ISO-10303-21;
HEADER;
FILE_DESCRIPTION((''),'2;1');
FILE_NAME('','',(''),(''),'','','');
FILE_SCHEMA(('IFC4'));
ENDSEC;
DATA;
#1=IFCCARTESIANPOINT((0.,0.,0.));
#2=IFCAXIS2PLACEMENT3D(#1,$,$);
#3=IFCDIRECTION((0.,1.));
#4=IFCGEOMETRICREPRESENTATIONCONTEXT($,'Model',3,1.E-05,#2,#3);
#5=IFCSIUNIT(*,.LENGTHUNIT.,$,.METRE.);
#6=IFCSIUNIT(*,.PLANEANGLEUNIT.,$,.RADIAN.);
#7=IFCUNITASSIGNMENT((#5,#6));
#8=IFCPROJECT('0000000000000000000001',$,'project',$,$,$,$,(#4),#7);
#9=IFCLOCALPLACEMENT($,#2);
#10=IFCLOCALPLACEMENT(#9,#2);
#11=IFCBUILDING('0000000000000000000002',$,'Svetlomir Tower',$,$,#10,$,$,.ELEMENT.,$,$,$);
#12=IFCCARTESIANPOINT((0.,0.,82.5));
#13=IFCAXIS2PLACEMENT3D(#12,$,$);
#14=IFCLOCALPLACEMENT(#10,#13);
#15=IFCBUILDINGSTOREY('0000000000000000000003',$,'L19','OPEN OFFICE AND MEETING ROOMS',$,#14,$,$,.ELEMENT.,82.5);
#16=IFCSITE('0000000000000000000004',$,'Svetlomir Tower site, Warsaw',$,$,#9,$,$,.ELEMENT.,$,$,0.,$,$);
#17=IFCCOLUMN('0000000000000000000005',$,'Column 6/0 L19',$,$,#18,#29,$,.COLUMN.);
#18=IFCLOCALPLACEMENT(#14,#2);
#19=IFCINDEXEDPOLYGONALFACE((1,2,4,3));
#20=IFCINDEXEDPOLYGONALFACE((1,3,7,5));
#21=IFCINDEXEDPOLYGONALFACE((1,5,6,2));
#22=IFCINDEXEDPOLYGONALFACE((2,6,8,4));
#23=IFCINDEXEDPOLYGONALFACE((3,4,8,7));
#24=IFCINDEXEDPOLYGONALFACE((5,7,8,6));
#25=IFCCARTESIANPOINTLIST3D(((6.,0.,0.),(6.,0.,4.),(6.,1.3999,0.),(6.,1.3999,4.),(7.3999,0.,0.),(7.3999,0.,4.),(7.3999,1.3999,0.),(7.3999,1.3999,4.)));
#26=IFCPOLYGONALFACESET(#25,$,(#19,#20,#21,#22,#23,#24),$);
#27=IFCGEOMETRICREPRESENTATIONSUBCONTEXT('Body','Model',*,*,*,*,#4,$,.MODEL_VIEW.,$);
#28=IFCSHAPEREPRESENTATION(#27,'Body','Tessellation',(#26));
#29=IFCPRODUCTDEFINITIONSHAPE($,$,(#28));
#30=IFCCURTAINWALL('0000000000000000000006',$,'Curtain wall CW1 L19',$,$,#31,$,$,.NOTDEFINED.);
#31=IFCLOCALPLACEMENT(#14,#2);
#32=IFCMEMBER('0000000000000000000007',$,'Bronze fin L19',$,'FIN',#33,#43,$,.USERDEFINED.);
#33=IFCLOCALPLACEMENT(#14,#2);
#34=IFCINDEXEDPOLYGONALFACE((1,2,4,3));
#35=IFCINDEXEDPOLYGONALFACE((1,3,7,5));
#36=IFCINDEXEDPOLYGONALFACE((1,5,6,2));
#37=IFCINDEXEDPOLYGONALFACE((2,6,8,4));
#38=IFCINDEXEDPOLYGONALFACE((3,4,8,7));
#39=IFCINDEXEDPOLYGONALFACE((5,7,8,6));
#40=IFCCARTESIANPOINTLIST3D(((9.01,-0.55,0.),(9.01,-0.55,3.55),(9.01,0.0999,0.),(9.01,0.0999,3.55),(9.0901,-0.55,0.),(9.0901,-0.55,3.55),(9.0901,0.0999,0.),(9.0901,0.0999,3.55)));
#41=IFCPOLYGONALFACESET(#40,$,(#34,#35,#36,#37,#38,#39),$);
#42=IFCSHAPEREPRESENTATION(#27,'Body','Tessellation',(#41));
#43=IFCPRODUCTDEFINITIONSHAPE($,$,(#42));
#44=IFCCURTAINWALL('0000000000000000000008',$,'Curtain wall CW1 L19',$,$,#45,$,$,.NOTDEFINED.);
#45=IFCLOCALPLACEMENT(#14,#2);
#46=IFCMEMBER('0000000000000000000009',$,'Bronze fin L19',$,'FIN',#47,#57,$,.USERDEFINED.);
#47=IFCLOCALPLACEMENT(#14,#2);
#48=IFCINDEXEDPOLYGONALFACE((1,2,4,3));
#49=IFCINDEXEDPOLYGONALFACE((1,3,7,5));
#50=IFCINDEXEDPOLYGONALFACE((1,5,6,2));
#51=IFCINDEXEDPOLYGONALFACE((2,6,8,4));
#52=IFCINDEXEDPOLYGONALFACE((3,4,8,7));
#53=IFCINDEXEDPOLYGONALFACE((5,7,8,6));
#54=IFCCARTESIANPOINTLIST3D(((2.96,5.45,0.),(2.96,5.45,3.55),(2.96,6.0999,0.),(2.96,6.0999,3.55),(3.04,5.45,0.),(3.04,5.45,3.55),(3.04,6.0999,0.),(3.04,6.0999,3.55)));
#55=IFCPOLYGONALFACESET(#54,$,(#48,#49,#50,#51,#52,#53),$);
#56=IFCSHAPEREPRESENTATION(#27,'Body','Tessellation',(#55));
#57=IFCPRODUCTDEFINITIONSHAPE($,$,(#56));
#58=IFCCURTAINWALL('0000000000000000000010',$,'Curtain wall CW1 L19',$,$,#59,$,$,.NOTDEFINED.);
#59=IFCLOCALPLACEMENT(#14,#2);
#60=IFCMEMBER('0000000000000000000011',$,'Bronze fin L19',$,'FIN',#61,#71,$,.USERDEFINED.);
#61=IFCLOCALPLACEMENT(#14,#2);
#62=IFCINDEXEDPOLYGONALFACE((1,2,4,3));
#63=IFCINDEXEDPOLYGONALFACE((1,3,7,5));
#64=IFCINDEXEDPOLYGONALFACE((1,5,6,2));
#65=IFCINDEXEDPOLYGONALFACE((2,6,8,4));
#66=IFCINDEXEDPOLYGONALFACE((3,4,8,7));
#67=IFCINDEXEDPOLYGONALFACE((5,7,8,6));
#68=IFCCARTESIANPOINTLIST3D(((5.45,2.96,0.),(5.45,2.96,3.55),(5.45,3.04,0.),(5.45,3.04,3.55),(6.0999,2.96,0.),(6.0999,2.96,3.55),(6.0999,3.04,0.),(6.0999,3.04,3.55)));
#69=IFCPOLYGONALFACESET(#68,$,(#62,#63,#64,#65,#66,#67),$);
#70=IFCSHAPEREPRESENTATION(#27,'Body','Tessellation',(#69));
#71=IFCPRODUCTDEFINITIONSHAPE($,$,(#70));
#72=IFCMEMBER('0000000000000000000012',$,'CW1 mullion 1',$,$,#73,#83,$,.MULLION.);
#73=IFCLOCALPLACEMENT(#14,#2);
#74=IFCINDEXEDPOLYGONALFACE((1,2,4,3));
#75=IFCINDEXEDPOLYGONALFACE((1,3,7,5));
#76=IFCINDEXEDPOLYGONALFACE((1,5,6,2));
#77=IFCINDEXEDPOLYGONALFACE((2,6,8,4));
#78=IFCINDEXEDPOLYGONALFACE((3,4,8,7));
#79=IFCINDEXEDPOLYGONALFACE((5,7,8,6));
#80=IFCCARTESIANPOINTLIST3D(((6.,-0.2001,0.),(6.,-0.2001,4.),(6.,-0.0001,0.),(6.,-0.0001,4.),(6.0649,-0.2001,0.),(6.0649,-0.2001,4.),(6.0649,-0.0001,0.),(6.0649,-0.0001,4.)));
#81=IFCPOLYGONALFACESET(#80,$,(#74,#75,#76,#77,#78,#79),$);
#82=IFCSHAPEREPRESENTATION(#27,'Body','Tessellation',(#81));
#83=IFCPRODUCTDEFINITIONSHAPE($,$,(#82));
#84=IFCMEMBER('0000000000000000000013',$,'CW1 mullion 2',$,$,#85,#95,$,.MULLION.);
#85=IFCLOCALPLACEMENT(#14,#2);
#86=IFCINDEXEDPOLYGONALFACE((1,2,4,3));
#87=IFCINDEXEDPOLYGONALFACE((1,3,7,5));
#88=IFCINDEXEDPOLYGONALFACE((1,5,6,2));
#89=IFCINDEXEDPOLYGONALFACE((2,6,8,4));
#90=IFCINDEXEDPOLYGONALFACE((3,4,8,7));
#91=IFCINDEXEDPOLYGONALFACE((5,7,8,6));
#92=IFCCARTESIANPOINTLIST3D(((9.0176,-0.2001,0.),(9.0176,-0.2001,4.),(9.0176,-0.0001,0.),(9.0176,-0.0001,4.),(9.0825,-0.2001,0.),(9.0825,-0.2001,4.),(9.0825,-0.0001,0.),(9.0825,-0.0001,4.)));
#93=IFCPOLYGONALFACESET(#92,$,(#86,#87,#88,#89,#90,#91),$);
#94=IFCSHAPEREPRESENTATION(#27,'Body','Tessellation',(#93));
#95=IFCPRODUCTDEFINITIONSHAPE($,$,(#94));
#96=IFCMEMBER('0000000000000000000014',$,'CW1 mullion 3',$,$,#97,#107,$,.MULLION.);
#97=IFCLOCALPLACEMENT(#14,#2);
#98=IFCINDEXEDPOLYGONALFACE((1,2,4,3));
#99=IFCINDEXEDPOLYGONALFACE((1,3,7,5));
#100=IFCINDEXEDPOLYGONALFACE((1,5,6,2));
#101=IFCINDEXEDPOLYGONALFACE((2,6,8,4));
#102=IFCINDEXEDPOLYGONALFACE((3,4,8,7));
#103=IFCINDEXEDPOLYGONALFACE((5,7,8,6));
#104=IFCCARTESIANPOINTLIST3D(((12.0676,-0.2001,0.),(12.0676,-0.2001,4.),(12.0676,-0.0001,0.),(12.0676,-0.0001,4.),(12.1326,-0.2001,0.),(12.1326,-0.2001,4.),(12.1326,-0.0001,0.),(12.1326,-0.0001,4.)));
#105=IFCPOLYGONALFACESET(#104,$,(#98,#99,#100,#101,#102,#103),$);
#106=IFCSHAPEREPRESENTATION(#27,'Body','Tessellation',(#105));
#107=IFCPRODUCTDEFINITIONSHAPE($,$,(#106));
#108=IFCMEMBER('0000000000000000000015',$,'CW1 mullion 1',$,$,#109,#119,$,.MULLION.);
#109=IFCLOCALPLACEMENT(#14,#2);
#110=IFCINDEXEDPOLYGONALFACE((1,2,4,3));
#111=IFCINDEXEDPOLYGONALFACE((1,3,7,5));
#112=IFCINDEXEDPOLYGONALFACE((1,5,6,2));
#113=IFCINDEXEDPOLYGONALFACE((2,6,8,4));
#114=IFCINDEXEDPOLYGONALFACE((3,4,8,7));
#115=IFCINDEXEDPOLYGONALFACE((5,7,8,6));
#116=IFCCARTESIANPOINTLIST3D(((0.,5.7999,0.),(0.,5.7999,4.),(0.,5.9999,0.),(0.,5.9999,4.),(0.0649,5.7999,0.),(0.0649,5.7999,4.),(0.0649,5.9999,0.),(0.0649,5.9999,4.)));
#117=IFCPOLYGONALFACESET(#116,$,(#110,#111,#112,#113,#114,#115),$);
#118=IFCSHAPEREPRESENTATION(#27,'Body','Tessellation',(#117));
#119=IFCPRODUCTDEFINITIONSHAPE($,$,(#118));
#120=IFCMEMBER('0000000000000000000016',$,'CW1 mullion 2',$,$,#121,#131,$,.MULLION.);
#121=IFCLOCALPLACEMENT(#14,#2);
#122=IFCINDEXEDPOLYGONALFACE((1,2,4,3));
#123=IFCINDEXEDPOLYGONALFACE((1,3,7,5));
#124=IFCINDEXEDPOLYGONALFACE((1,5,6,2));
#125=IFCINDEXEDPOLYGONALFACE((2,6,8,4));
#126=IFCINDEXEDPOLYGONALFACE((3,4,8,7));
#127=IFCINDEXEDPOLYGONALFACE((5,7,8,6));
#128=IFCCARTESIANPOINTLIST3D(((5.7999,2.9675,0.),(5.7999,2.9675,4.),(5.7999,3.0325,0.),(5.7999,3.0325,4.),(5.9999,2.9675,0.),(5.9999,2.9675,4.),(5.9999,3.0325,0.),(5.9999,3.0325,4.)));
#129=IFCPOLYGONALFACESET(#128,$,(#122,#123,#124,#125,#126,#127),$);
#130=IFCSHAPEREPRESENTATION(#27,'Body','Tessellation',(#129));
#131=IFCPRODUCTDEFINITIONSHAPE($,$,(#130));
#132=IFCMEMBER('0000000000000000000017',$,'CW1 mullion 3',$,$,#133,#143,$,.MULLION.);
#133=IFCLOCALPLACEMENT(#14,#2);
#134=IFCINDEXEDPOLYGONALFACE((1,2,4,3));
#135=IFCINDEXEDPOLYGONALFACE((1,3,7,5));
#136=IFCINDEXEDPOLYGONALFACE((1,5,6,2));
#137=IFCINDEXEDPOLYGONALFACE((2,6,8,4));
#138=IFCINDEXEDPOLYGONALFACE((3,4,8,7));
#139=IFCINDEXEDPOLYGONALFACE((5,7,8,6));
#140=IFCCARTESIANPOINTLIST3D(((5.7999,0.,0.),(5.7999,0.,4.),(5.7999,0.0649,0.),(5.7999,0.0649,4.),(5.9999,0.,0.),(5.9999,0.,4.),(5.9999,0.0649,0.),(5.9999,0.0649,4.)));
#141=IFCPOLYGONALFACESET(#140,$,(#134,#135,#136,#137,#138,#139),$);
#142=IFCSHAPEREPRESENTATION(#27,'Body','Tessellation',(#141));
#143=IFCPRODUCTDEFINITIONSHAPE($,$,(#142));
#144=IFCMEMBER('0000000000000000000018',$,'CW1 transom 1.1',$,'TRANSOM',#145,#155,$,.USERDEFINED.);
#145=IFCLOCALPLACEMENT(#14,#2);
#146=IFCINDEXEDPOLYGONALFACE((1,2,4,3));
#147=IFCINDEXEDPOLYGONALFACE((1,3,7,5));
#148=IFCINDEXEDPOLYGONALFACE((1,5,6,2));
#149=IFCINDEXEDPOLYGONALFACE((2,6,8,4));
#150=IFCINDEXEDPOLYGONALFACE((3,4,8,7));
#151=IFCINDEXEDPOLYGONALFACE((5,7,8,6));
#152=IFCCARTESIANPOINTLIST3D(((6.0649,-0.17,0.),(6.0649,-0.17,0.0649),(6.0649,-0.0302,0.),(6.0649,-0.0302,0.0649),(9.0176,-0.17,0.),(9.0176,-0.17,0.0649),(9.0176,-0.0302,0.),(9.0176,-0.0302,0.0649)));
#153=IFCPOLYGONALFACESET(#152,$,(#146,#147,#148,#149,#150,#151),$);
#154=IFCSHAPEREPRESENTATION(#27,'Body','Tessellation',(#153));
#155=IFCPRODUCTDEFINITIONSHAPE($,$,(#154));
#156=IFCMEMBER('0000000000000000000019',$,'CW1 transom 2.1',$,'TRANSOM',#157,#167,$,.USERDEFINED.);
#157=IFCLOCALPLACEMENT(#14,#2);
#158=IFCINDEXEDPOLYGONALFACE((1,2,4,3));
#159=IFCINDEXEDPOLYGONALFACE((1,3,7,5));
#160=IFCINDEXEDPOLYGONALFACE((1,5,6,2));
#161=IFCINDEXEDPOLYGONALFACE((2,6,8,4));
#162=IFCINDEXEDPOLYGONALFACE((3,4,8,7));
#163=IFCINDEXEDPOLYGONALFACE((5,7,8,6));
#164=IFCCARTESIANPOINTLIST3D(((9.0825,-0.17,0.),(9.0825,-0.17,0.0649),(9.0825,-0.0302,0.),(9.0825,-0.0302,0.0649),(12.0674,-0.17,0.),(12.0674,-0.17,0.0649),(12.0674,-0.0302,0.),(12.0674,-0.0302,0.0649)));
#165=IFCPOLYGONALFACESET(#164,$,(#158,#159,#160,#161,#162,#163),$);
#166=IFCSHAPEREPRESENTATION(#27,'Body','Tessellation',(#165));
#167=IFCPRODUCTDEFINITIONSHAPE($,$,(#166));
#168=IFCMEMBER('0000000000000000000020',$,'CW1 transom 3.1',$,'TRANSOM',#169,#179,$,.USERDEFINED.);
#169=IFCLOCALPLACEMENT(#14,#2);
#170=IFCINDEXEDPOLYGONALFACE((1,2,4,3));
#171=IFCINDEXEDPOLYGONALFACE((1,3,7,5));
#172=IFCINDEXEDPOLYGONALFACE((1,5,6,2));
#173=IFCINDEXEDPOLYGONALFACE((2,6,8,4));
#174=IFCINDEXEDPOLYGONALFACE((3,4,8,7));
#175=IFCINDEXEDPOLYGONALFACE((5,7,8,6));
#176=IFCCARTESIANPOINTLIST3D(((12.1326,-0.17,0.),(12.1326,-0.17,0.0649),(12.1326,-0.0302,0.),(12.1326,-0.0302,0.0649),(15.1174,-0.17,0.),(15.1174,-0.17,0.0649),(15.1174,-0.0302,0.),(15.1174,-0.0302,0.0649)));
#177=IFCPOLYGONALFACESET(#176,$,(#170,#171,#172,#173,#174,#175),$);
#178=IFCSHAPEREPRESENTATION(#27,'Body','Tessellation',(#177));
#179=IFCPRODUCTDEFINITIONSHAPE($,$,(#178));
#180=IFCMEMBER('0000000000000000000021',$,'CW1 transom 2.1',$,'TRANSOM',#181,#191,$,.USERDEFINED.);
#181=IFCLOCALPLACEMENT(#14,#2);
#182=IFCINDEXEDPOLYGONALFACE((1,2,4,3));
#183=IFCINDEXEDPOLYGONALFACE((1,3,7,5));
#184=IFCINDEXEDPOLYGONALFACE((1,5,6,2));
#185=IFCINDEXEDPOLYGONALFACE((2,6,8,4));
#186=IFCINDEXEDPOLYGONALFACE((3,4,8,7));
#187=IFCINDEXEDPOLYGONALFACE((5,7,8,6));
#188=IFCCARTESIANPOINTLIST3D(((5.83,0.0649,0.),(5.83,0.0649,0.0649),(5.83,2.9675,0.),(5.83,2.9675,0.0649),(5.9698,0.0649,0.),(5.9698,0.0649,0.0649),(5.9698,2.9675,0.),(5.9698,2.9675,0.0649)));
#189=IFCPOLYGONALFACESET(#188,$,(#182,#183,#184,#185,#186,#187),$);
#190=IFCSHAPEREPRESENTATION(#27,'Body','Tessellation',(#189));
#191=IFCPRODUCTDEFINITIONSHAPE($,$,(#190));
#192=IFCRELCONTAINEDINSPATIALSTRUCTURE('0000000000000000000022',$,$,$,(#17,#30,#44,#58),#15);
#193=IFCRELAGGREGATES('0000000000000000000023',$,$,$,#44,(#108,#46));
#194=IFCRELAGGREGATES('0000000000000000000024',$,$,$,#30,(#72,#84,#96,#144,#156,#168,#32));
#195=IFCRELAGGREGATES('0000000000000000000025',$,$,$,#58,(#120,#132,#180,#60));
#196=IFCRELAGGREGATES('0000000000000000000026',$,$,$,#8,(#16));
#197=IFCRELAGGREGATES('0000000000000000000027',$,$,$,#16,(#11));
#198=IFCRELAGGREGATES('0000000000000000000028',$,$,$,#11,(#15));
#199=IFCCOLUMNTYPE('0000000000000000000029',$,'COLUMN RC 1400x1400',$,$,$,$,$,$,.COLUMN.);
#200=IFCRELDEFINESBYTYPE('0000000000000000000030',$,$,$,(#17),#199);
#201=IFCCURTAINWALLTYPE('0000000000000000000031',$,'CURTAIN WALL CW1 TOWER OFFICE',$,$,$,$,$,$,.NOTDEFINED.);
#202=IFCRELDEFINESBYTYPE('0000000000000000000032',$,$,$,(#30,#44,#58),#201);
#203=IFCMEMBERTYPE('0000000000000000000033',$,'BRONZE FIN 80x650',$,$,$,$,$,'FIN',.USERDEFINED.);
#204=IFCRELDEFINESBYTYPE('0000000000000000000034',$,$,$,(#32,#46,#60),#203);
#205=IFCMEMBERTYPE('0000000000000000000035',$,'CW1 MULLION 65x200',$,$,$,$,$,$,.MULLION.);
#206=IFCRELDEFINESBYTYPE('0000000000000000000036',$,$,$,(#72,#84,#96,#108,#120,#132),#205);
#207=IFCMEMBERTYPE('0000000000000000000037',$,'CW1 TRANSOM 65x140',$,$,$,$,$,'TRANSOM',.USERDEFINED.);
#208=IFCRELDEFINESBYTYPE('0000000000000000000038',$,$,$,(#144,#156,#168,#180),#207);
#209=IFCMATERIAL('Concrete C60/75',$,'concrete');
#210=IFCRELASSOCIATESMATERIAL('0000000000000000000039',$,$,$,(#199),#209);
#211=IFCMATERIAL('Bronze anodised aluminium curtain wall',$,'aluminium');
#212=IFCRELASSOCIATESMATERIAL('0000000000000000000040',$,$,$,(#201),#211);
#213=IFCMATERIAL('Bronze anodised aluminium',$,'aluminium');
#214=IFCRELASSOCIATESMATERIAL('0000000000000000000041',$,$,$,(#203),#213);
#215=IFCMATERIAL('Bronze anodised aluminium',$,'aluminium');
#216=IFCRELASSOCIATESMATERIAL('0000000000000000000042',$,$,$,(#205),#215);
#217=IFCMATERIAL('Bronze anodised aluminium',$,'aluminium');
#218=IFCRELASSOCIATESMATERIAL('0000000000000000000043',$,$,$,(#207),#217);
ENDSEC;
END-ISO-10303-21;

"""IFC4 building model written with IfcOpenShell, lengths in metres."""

from ifc_helpers import new_model, si_unit, direction, frame, origin, origin_2d, place, context, subcontext, project, spatial, rectangle, extrude, material, material_profile, profile_set, type_object, element, aggregate, save


model = new_model("IFC4")

# Units and contexts
model_context = context("Model", 3, precision=1e-05, world=origin(), true_north=direction((0.0, 1.0)))
body_context = subcontext(model_context, "Body", "Model", "MODEL_VIEW")
ifc_project = project(units=[si_unit("LENGTHUNIT", "METRE"), si_unit("PLANEANGLEUNIT", "RADIAN")], contexts=[model_context])

# Site, building, storey
site_placement = place(None, origin())
site = spatial("IfcSite", under=ifc_project, at=site_placement, Name="Svetlomir Tower site, Warsaw", CompositionType="ELEMENT", RefElevation=0.0)
building_placement = place(site_placement, origin())
building = spatial("IfcBuilding", under=site, at=building_placement, Name="Svetlomir Tower", CompositionType="ELEMENT")
storey_placement = place(building_placement, frame((0.0, 0.0, 82.5)))
storey = spatial("IfcBuildingStorey", under=building, at=storey_placement, Name="L19", Description="OPEN OFFICE AND MEETING ROOMS", CompositionType="ELEMENT", Elevation=82.5)

# Column
ifc_material_1 = material(Name="Concrete C60/75", Category="concrete")
ifc_material_profile_1 = material_profile(ifc_material_1, rectangle(XDim=1.3999, YDim=1.3999, at=origin_2d()), Name="RC 1400x1400")
ifc_profile_set_1 = profile_set([ifc_material_profile_1], Name="Concrete C60/75")
column_type = type_object("IfcColumnType", Name="COLUMN RC 1400x1400", PredefinedType="COLUMN", material=ifc_profile_set_1)
column_placement = place(storey_placement, frame((6.7, 0.7, 0.0), z_axis=(0.0, 0.0, 1.0), x_axis=(1.0, 0.0, 0.0)))
element("IfcColumn", 1, at=column_placement, inside=storey, type_object=column_type, Name="Column 6/0 L19", PredefinedType="COLUMN", context=body_context, shape_type="SweptSolid", body=[
    extrude(rectangle(XDim=1.3999, YDim=1.3999, at=origin_2d()), origin(), (0.0, 0.0, 1.0), 4.0),
])

# Curtain walls, members
ifc_material_2 = material(Name="Bronze anodised aluminium curtain wall", Category="aluminium")
curtain_wall_type = type_object("IfcCurtainWallType", Name="CURTAIN WALL CW1 TOWER OFFICE", PredefinedType="NOTDEFINED", material=ifc_material_2)
curtain_wall_1_placement = place(storey_placement, origin())
curtain_wall_1 = element("IfcCurtainWall", 2, at=curtain_wall_1_placement, inside=storey, type_object=curtain_wall_type, Name="Curtain wall CW1 L19", PredefinedType="NOTDEFINED")
ifc_material_3 = material(Name="Bronze anodised aluminium", Category="aluminium")
ifc_material_profile_2 = material_profile(ifc_material_3, rectangle(XDim=0.0801, YDim=0.6499, at=origin_2d()), Name="FIN 80x650")
ifc_profile_set_2 = profile_set([ifc_material_profile_2], Name="Bronze anodised aluminium 6063-T6")
member_type_1 = type_object("IfcMemberType", Name="BRONZE FIN 80x650", ElementType="FIN", PredefinedType="USERDEFINED", material=ifc_profile_set_2)
member_1_placement = place(storey_placement, frame((9.05, -0.2251, 0.0), z_axis=(0.0, 0.0, 1.0), x_axis=(1.0, 0.0, 0.0)))
member_1 = element("IfcMember", 3, at=member_1_placement, type_object=member_type_1, Name="Bronze fin L19", ObjectType="FIN", PredefinedType="USERDEFINED", context=body_context, shape_type="SweptSolid", body=[
    extrude(rectangle(XDim=0.0801, YDim=0.6499, at=origin_2d()), origin(), (0.0, 0.0, 1.0), 3.55),
])
curtain_wall_2_placement = place(storey_placement, origin())
curtain_wall_2 = element("IfcCurtainWall", 4, at=curtain_wall_2_placement, inside=storey, type_object=curtain_wall_type, Name="Curtain wall CW1 L19", PredefinedType="NOTDEFINED")
member_2_placement = place(storey_placement, frame((3.0, 5.7749, 0.0), z_axis=(0.0, 0.0, 1.0), x_axis=(1.0, 0.0, 0.0)))
member_2 = element("IfcMember", 5, at=member_2_placement, type_object=member_type_1, Name="Bronze fin L19", ObjectType="FIN", PredefinedType="USERDEFINED", context=body_context, shape_type="SweptSolid", body=[
    extrude(rectangle(XDim=0.0801, YDim=0.6499, at=origin_2d()), origin(), (0.0, 0.0, 1.0), 3.55),
])
curtain_wall_3_placement = place(storey_placement, origin())
curtain_wall_3 = element("IfcCurtainWall", 6, at=curtain_wall_3_placement, inside=storey, type_object=curtain_wall_type, Name="Curtain wall CW1 L19", PredefinedType="NOTDEFINED")
member_3_placement = place(storey_placement, frame((5.7749, 3.0, 0.0), z_axis=(0.0, 0.0, 1.0), x_axis=(0.0, 1.0, 0.0)))
member_3 = element("IfcMember", 7, at=member_3_placement, type_object=member_type_1, Name="Bronze fin L19", ObjectType="FIN", PredefinedType="USERDEFINED", context=body_context, shape_type="SweptSolid", body=[
    extrude(rectangle(XDim=0.0801, YDim=0.6499, at=origin_2d()), origin(), (0.0, 0.0, 1.0), 3.55),
])

# Members
ifc_material_4 = material(Name="Bronze anodised aluminium", Category="aluminium")
ifc_material_profile_3 = material_profile(ifc_material_4, rectangle(XDim=0.0649, YDim=0.2, at=origin_2d()), Name="AL 65x200")
ifc_profile_set_3 = profile_set([ifc_material_profile_3], Name="Bronze anodised aluminium 6063-T6")
member_type_2 = type_object("IfcMemberType", Name="CW1 MULLION 65x200", PredefinedType="MULLION", material=ifc_profile_set_3)
member_4_placement = place(storey_placement, frame((6.0325, -0.1001, 0.0), z_axis=(0.0, 0.0, 1.0), x_axis=(1.0, 0.0, 0.0)))
member_4 = element("IfcMember", 8, at=member_4_placement, type_object=member_type_2, Name="CW1 mullion 1", PredefinedType="MULLION", context=body_context, shape_type="SweptSolid", body=[
    extrude(rectangle(XDim=0.0649, YDim=0.2, at=origin_2d()), origin(), (0.0, 0.0, 1.0), 4.0),
])
member_5_placement = place(storey_placement, frame((9.05, -0.1001, 0.0), z_axis=(0.0, 0.0, 1.0), x_axis=(1.0, 0.0, 0.0)))
member_5 = element("IfcMember", 9, at=member_5_placement, type_object=member_type_2, Name="CW1 mullion 2", PredefinedType="MULLION", context=body_context, shape_type="SweptSolid", body=[
    extrude(rectangle(XDim=0.0649, YDim=0.2, at=origin_2d()), origin(), (0.0, 0.0, 1.0), 4.0),
])
member_6_placement = place(storey_placement, frame((12.1001, -0.1001, 0.0), z_axis=(0.0, 0.0, 1.0), x_axis=(1.0, 0.0, 0.0)))
member_6 = element("IfcMember", 10, at=member_6_placement, type_object=member_type_2, Name="CW1 mullion 3", PredefinedType="MULLION", context=body_context, shape_type="SweptSolid", body=[
    extrude(rectangle(XDim=0.0649, YDim=0.2, at=origin_2d()), origin(), (0.0, 0.0, 1.0), 4.0),
])
member_7_placement = place(storey_placement, frame((0.0325, 5.8999, 0.0), z_axis=(0.0, 0.0, 1.0), x_axis=(1.0, 0.0, 0.0)))
member_7 = element("IfcMember", 11, at=member_7_placement, type_object=member_type_2, Name="CW1 mullion 1", PredefinedType="MULLION", context=body_context, shape_type="SweptSolid", body=[
    extrude(rectangle(XDim=0.0649, YDim=0.2, at=origin_2d()), origin(), (0.0, 0.0, 1.0), 4.0),
])
aggregate(curtain_wall_2, [member_7, member_2])
member_8_placement = place(storey_placement, frame((5.8999, 3.0, 0.0), z_axis=(0.0, 0.0, 1.0), x_axis=(0.0, -1.0, 0.0)))
member_8 = element("IfcMember", 12, at=member_8_placement, type_object=member_type_2, Name="CW1 mullion 2", PredefinedType="MULLION", context=body_context, shape_type="SweptSolid", body=[
    extrude(rectangle(XDim=0.0649, YDim=0.2, at=origin_2d()), origin(), (0.0, 0.0, 1.0), 4.0),
])
member_9_placement = place(storey_placement, frame((5.8999, 0.0325, 0.0), z_axis=(0.0, 0.0, 1.0), x_axis=(0.0, -1.0, 0.0)))
member_9 = element("IfcMember", 13, at=member_9_placement, type_object=member_type_2, Name="CW1 mullion 3", PredefinedType="MULLION", context=body_context, shape_type="SweptSolid", body=[
    extrude(rectangle(XDim=0.0649, YDim=0.2, at=origin_2d()), origin(), (0.0, 0.0, 1.0), 4.0),
])
ifc_material_5 = material(Name="Bronze anodised aluminium", Category="aluminium")
ifc_material_profile_4 = material_profile(ifc_material_5, rectangle(XDim=0.1399, YDim=0.0649, at=origin_2d()), Name="AL 140x65")
ifc_profile_set_4 = profile_set([ifc_material_profile_4], Name="Bronze anodised aluminium 6063-T6")
member_type_3 = type_object("IfcMemberType", Name="CW1 TRANSOM 65x140", ElementType="TRANSOM", PredefinedType="USERDEFINED", material=ifc_profile_set_4)
member_10_placement = place(storey_placement, frame((6.0649, -0.1001, 0.0325), z_axis=(1.0, 0.0, 0.0), x_axis=(0.0, 1.0, 0.0)))
member_10 = element("IfcMember", 14, at=member_10_placement, type_object=member_type_3, Name="CW1 transom 1.1", ObjectType="TRANSOM", PredefinedType="USERDEFINED", context=body_context, shape_type="SweptSolid", body=[
    extrude(rectangle(XDim=0.1399, YDim=0.0649, at=origin_2d()), origin(), (0.0, 0.0, 1.0), 2.9526),
])
member_11_placement = place(storey_placement, frame((9.0825, -0.1001, 0.0325), z_axis=(1.0, 0.0, 0.0), x_axis=(0.0, 1.0, 0.0)))
member_11 = element("IfcMember", 15, at=member_11_placement, type_object=member_type_3, Name="CW1 transom 2.1", ObjectType="TRANSOM", PredefinedType="USERDEFINED", context=body_context, shape_type="SweptSolid", body=[
    extrude(rectangle(XDim=0.1399, YDim=0.0649, at=origin_2d()), origin(), (0.0, 0.0, 1.0), 2.9849),
])
member_12_placement = place(storey_placement, frame((12.1326, -0.1001, 0.0325), z_axis=(1.0, 0.0, 0.0), x_axis=(0.0, 1.0, 0.0)))
member_12 = element("IfcMember", 16, at=member_12_placement, type_object=member_type_3, Name="CW1 transom 3.1", ObjectType="TRANSOM", PredefinedType="USERDEFINED", context=body_context, shape_type="SweptSolid", body=[
    extrude(rectangle(XDim=0.1399, YDim=0.0649, at=origin_2d()), origin(), (0.0, 0.0, 1.0), 2.9849),
])
member_13_placement = place(storey_placement, frame((5.8999, 2.9675, 0.0325), z_axis=(0.0, -1.0, 0.0), x_axis=(1.0, 0.0, 0.0)))
member_13 = element("IfcMember", 17, at=member_13_placement, type_object=member_type_3, Name="CW1 transom 2.1", ObjectType="TRANSOM", PredefinedType="USERDEFINED", context=body_context, shape_type="SweptSolid", body=[
    extrude(rectangle(XDim=0.1399, YDim=0.0649, at=origin_2d()), origin(), (0.0, 0.0, 1.0), 2.9026),
])

aggregate(curtain_wall_1, [member_4, member_5, member_6, member_10, member_11, member_12, member_1])
aggregate(curtain_wall_3, [member_8, member_9, member_13, member_3])

save(model, "model.ifc")
